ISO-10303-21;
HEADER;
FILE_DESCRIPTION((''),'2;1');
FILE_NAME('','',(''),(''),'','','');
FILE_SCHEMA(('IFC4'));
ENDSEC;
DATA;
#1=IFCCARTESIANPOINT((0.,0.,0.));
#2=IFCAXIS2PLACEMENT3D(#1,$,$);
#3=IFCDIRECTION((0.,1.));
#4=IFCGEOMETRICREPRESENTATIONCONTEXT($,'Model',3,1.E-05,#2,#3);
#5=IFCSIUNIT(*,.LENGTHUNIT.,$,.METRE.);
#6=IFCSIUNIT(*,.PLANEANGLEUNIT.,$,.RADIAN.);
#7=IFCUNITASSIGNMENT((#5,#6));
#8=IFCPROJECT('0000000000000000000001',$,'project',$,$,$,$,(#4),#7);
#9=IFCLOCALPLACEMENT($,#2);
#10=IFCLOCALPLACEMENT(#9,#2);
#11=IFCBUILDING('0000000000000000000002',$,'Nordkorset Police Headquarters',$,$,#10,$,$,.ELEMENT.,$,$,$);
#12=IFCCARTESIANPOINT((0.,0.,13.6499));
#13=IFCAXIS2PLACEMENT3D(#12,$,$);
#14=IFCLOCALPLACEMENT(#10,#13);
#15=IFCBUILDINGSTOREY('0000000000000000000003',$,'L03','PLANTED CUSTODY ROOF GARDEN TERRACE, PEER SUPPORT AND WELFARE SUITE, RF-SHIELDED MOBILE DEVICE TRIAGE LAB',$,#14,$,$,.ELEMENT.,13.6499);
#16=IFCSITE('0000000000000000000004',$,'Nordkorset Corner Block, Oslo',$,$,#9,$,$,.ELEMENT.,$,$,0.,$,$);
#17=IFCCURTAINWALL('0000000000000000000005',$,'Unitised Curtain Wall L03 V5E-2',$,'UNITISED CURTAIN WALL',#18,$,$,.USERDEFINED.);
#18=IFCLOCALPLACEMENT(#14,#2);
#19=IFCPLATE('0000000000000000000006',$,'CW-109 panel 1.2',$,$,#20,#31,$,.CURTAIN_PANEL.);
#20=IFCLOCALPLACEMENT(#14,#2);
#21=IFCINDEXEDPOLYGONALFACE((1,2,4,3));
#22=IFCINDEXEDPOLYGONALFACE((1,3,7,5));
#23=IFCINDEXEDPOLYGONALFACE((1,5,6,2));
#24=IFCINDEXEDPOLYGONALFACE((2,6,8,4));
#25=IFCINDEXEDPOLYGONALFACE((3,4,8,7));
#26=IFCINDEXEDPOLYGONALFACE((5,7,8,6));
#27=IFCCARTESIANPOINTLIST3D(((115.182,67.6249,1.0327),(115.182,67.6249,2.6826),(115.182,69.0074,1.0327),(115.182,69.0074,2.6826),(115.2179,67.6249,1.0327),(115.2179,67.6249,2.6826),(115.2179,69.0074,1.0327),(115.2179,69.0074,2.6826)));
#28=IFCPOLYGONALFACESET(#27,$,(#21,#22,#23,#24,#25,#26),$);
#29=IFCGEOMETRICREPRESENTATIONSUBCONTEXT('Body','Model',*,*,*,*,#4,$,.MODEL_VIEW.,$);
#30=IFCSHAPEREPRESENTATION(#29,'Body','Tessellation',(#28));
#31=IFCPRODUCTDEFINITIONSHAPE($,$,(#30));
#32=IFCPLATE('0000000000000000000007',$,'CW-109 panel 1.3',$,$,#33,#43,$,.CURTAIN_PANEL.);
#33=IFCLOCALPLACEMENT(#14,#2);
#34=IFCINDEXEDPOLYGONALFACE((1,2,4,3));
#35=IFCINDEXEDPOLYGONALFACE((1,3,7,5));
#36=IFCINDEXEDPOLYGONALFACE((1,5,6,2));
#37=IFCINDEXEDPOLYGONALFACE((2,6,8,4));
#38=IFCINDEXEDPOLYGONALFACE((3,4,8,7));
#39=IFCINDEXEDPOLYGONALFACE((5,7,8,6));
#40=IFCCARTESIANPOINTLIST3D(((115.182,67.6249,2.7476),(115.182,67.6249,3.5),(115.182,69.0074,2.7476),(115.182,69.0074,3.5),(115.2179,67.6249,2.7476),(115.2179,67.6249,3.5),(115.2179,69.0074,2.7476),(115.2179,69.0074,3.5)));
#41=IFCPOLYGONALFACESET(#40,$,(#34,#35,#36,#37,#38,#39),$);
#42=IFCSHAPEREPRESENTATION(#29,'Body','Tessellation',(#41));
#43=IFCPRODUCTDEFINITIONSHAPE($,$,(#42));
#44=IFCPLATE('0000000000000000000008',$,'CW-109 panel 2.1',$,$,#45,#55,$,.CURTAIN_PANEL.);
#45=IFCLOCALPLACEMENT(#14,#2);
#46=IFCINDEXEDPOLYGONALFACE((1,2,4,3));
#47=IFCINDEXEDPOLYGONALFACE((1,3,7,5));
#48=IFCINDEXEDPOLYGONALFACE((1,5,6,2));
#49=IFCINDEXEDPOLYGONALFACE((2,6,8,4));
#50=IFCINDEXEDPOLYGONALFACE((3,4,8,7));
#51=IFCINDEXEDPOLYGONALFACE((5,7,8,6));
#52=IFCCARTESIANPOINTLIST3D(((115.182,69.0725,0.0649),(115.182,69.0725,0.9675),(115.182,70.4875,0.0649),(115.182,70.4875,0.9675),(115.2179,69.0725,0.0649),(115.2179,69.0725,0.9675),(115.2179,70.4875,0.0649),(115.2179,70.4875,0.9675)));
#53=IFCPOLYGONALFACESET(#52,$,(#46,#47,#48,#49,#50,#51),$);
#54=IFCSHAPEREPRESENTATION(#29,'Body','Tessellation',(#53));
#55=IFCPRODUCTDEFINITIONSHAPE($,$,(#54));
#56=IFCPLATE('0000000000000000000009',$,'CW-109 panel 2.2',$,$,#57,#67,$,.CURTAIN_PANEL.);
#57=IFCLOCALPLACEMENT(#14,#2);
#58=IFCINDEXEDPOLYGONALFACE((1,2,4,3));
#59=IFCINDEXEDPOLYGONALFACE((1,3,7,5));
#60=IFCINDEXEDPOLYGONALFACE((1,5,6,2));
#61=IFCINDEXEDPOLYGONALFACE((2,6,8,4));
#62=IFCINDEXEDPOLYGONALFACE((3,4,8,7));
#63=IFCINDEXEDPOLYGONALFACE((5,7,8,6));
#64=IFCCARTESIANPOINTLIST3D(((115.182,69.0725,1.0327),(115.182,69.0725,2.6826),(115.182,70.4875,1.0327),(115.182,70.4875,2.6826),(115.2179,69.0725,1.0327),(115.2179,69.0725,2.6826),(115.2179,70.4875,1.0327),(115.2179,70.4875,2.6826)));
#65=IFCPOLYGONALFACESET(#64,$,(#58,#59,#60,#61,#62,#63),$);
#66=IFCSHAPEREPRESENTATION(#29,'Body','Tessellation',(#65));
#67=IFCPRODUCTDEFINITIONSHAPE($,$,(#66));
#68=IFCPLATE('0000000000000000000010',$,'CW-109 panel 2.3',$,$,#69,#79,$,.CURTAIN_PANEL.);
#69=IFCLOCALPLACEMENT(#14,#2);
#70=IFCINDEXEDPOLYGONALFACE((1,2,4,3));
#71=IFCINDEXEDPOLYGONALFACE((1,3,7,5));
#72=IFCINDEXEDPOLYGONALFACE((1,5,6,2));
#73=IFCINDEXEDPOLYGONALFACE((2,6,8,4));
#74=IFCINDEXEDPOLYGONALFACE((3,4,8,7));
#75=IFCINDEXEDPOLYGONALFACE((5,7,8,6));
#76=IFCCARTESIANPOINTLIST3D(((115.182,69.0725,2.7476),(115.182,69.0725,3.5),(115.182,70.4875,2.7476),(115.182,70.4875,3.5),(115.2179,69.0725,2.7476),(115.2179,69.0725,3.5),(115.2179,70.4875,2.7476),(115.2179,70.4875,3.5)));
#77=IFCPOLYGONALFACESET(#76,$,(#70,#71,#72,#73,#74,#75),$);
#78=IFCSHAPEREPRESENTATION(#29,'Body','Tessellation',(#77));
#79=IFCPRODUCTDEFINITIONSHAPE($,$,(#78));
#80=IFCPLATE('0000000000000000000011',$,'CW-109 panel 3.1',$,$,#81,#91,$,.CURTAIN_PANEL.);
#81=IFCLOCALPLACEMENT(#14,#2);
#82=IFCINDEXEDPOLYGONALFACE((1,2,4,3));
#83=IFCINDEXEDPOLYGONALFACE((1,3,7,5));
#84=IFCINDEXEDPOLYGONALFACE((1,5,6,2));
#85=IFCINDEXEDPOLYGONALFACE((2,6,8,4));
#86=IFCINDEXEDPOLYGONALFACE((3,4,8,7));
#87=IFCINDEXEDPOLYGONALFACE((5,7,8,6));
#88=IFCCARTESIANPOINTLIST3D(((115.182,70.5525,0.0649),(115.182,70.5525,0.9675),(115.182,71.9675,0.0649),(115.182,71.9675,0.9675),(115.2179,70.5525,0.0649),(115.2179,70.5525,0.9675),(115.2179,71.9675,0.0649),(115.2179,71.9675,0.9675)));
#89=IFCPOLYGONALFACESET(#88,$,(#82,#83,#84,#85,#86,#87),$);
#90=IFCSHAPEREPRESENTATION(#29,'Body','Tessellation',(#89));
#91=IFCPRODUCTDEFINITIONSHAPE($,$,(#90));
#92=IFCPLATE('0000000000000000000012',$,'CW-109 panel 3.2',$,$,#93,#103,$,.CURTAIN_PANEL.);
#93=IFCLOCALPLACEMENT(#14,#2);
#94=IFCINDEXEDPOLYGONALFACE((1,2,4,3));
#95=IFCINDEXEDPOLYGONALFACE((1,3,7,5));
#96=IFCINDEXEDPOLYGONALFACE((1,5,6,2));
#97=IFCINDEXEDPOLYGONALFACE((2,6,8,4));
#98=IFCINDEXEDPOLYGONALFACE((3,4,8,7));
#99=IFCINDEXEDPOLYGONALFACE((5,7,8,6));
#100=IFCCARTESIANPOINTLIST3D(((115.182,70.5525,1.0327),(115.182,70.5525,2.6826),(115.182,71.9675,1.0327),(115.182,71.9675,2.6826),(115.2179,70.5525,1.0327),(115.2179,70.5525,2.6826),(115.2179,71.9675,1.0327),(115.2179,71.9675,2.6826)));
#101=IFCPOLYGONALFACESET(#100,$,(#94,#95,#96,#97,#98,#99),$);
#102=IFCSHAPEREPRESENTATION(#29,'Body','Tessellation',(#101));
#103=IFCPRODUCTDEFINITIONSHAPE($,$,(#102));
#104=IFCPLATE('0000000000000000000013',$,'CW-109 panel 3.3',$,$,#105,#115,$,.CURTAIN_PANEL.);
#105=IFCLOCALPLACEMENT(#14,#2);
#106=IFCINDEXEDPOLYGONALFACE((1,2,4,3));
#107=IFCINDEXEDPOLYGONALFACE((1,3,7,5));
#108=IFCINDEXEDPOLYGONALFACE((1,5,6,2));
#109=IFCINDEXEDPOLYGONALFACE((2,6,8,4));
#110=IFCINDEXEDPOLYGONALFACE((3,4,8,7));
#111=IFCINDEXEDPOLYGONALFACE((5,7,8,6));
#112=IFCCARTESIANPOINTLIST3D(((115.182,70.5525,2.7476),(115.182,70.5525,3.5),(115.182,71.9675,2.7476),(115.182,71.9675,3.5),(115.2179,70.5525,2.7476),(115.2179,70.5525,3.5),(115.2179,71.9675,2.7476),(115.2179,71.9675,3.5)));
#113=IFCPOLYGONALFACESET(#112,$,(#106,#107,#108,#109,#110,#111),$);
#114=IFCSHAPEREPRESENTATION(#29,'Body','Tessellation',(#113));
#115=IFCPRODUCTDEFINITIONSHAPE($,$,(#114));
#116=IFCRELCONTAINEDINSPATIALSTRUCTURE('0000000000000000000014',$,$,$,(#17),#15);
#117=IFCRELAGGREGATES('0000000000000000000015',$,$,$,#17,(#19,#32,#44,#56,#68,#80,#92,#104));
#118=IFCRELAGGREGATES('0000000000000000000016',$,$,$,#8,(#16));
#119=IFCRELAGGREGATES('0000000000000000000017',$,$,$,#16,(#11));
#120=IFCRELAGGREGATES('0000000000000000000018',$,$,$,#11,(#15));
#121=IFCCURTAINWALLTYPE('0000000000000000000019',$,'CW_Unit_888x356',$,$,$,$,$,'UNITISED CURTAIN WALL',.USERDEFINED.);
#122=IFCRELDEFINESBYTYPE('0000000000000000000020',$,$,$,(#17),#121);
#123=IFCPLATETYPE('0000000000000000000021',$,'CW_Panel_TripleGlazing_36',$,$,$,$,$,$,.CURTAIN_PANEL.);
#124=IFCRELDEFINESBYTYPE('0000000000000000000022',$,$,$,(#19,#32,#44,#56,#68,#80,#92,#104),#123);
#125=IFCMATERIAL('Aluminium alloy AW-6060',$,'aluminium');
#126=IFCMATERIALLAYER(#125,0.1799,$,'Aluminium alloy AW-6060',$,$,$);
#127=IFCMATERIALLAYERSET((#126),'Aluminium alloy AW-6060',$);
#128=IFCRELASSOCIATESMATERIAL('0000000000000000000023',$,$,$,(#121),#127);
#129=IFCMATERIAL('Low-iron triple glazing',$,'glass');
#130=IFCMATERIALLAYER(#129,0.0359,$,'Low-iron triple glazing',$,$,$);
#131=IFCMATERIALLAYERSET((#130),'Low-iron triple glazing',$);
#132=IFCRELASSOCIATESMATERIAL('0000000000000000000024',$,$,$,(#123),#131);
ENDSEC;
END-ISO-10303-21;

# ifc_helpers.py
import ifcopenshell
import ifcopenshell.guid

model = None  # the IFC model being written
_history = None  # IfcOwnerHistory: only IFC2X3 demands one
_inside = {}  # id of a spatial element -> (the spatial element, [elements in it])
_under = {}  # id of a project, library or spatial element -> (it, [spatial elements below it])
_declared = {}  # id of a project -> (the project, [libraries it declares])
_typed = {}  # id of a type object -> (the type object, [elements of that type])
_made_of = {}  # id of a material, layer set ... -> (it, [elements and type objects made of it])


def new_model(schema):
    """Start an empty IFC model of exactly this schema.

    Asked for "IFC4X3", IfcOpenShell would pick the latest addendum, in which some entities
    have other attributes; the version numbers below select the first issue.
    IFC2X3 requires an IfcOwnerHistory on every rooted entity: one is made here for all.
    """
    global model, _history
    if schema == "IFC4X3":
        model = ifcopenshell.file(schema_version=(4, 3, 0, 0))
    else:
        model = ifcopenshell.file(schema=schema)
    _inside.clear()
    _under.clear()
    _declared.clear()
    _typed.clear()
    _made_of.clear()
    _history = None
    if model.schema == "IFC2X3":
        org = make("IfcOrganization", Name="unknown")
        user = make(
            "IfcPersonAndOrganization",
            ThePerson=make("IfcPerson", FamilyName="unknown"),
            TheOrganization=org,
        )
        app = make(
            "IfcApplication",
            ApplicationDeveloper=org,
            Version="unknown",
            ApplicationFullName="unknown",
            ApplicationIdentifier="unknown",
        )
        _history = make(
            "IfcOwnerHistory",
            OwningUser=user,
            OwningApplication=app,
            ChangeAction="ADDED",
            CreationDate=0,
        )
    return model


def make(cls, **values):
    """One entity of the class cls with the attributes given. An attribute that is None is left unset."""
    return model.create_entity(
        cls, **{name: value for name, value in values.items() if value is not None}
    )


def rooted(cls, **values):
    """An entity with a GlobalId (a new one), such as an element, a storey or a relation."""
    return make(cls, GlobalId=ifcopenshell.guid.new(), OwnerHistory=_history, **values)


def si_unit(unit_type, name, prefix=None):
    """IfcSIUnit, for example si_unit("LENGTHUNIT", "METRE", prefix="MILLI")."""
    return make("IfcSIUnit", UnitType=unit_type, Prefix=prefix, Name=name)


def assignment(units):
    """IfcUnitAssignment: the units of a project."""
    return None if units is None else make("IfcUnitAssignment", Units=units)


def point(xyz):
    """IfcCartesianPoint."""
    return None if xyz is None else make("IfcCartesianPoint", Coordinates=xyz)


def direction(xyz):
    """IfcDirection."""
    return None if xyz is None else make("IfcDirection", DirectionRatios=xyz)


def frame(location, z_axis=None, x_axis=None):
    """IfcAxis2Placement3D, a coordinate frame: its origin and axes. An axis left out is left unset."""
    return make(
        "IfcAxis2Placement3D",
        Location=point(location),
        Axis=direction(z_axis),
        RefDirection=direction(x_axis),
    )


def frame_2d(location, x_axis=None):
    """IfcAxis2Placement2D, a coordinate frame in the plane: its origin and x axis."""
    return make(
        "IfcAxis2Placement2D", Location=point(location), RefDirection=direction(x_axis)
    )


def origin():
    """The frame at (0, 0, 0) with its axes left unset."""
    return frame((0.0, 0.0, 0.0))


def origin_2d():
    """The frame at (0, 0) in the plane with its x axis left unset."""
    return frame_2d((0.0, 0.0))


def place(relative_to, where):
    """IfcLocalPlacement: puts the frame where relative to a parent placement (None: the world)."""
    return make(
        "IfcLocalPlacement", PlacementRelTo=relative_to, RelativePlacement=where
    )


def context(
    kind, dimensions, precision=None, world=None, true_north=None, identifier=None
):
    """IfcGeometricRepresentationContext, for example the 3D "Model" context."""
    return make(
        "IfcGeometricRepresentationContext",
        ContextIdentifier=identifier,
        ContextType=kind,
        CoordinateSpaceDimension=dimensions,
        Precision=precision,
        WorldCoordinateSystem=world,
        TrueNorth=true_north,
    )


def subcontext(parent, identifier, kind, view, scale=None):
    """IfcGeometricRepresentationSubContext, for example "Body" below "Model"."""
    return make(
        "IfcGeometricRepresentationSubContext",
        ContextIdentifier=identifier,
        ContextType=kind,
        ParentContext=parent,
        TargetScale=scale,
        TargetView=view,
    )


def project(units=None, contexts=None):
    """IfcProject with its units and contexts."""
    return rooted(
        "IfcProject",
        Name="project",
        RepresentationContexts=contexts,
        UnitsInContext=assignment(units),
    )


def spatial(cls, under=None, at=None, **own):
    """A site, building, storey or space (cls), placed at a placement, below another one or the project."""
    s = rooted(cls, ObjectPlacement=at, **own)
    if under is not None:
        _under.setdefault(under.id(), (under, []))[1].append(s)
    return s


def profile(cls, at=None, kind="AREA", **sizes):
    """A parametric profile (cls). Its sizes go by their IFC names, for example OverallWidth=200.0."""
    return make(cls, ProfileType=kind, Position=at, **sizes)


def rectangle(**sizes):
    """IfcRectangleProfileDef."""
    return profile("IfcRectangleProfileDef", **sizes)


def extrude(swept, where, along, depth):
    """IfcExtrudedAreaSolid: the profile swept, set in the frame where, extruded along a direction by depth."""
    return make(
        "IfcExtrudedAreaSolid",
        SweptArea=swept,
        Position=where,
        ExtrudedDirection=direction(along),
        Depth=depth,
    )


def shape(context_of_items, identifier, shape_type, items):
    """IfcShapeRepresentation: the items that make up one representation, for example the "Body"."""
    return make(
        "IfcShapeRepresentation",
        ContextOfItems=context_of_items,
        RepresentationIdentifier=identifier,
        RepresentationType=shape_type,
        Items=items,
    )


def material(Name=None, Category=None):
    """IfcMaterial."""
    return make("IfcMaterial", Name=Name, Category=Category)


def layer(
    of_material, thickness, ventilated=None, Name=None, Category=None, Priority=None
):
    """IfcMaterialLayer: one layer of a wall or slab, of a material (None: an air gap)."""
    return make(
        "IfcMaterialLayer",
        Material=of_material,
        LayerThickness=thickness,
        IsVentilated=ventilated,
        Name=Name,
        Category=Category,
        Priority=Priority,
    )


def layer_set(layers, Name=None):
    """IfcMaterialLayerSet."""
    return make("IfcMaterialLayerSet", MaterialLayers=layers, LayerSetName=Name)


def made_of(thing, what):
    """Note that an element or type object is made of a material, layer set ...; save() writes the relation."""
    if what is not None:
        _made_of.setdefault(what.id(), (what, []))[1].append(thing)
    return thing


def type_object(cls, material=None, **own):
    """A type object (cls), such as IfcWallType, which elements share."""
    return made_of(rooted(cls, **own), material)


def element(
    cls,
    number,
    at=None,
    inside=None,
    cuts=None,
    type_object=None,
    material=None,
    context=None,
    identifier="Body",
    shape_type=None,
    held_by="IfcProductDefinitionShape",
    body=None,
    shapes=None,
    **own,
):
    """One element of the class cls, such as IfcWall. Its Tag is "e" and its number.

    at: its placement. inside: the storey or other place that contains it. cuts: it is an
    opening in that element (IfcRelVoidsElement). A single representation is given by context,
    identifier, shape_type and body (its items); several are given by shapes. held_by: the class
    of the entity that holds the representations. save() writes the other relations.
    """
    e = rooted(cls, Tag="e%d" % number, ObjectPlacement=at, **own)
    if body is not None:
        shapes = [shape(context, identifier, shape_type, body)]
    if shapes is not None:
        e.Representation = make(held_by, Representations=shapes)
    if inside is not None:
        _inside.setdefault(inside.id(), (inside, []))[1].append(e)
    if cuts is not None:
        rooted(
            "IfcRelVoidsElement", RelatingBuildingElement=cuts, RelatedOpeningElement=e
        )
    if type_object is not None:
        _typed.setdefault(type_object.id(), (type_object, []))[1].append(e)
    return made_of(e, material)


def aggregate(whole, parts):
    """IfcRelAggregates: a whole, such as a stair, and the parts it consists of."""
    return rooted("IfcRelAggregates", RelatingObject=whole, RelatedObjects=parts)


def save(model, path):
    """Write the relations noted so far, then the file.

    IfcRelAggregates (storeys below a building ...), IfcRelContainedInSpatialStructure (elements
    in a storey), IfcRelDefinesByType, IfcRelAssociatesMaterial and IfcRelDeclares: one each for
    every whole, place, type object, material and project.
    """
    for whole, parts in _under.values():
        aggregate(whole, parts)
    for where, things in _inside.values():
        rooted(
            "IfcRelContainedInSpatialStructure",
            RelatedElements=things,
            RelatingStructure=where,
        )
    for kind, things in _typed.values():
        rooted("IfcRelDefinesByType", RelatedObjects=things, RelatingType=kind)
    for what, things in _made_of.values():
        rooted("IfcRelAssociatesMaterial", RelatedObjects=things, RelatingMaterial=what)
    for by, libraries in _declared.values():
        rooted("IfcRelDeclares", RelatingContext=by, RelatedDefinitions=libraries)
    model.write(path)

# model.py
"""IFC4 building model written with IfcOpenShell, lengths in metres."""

from ifc_helpers import new_model, si_unit, direction, frame, origin, origin_2d, place, context, subcontext, project, spatial, rectangle, extrude, material, layer, layer_set, type_object, element, aggregate, save


model = new_model("IFC4")

# Units and contexts
model_context = context("Model", 3, precision=1e-05, world=origin(), true_north=direction((0.0, 1.0)))
body_context = subcontext(model_context, "Body", "Model", "MODEL_VIEW")
ifc_project = project(units=[si_unit("LENGTHUNIT", "METRE"), si_unit("PLANEANGLEUNIT", "RADIAN")], contexts=[model_context])

# Site, building, storey
site_placement = place(None, origin())
site = spatial("IfcSite", under=ifc_project, at=site_placement, Name="Nordkorset Corner Block, Oslo", CompositionType="ELEMENT", RefElevation=0.0)
building_placement = place(site_placement, origin())
building = spatial("IfcBuilding", under=site, at=building_placement, Name="Nordkorset Police Headquarters", CompositionType="ELEMENT")
storey_placement = place(building_placement, frame((0.0, 0.0, 13.6499)))
storey = spatial("IfcBuildingStorey", under=building, at=storey_placement, Name="L03", Description="PLANTED CUSTODY ROOF GARDEN TERRACE, PEER SUPPORT AND WELFARE SUITE, RF-SHIELDED MOBILE DEVICE TRIAGE LAB", CompositionType="ELEMENT", Elevation=13.6499)

# Curtain wall, plates
ifc_material_1 = material(Name="Aluminium alloy AW-6060", Category="aluminium")
ifc_layer_1 = layer(ifc_material_1, 0.1799, Name="Aluminium alloy AW-6060")
ifc_layer_set_1 = layer_set([ifc_layer_1], Name="Aluminium alloy AW-6060")
curtain_wall_type = type_object("IfcCurtainWallType", Name="CW_Unit_888x356", ElementType="UNITISED CURTAIN WALL", PredefinedType="USERDEFINED", material=ifc_layer_set_1)
curtain_wall_placement = place(storey_placement, origin())
curtain_wall = element("IfcCurtainWall", 1, at=curtain_wall_placement, inside=storey, type_object=curtain_wall_type, Name="Unitised Curtain Wall L03 V5E-2", ObjectType="UNITISED CURTAIN WALL", PredefinedType="USERDEFINED")
ifc_material_2 = material(Name="Low-iron triple glazing", Category="glass")
ifc_layer_2 = layer(ifc_material_2, 0.0359, Name="Low-iron triple glazing")
ifc_layer_set_2 = layer_set([ifc_layer_2], Name="Low-iron triple glazing")
plate_type = type_object("IfcPlateType", Name="CW_Panel_TripleGlazing_36", PredefinedType="CURTAIN_PANEL", material=ifc_layer_set_2)
plate_1_placement = place(storey_placement, frame((115.2, 68.3162, 1.0327), z_axis=(0.0, 0.0, 1.0), x_axis=(0.0, 1.0, 0.0)))
plate_1 = element("IfcPlate", 2, at=plate_1_placement, type_object=plate_type, Name="CW-109 panel 1.2", PredefinedType="CURTAIN_PANEL", context=body_context, shape_type="SweptSolid", body=[
    extrude(rectangle(XDim=1.3826, YDim=0.0359, at=origin_2d()), origin(), (0.0, 0.0, 1.0), 1.6499),
])
plate_2_placement = place(storey_placement, frame((115.2, 68.3162, 2.7476), z_axis=(0.0, 0.0, 1.0), x_axis=(0.0, 1.0, 0.0)))
plate_2 = element("IfcPlate", 3, at=plate_2_placement, type_object=plate_type, Name="CW-109 panel 1.3", PredefinedType="CURTAIN_PANEL", context=body_context, shape_type="SweptSolid", body=[
    extrude(rectangle(XDim=1.3826, YDim=0.0359, at=origin_2d()), origin(), (0.0, 0.0, 1.0), 0.7524),
])
plate_3_placement = place(storey_placement, frame((115.2, 69.78, 0.0649), z_axis=(0.0, 0.0, 1.0), x_axis=(0.0, 1.0, 0.0)))
plate_3 = element("IfcPlate", 4, at=plate_3_placement, type_object=plate_type, Name="CW-109 panel 2.1", PredefinedType="CURTAIN_PANEL", context=body_context, shape_type="SweptSolid", body=[
    extrude(rectangle(XDim=1.415, YDim=0.0359, at=origin_2d()), origin(), (0.0, 0.0, 1.0), 0.9026),
])
plate_4_placement = place(storey_placement, frame((115.2, 69.78, 1.0327), z_axis=(0.0, 0.0, 1.0), x_axis=(0.0, 1.0, 0.0)))
plate_4 = element("IfcPlate", 5, at=plate_4_placement, type_object=plate_type, Name="CW-109 panel 2.2", PredefinedType="CURTAIN_PANEL", context=body_context, shape_type="SweptSolid", body=[
    extrude(rectangle(XDim=1.415, YDim=0.0359, at=origin_2d()), origin(), (0.0, 0.0, 1.0), 1.6499),
])
plate_5_placement = place(storey_placement, frame((115.2, 69.78, 2.7476), z_axis=(0.0, 0.0, 1.0), x_axis=(0.0, 1.0, 0.0)))
plate_5 = element("IfcPlate", 6, at=plate_5_placement, type_object=plate_type, Name="CW-109 panel 2.3", PredefinedType="CURTAIN_PANEL", context=body_context, shape_type="SweptSolid", body=[
    extrude(rectangle(XDim=1.415, YDim=0.0359, at=origin_2d()), origin(), (0.0, 0.0, 1.0), 0.7524),
])
plate_6_placement = place(storey_placement, frame((115.2, 71.26, 0.0649), z_axis=(0.0, 0.0, 1.0), x_axis=(0.0, 1.0, 0.0)))
plate_6 = element("IfcPlate", 7, at=plate_6_placement, type_object=plate_type, Name="CW-109 panel 3.1", PredefinedType="CURTAIN_PANEL", context=body_context, shape_type="SweptSolid", body=[
    extrude(rectangle(XDim=1.415, YDim=0.0359, at=origin_2d()), origin(), (0.0, 0.0, 1.0), 0.9026),
])
plate_7_placement = place(storey_placement, frame((115.2, 71.26, 1.0327), z_axis=(0.0, 0.0, 1.0), x_axis=(0.0, 1.0, 0.0)))
plate_7 = element("IfcPlate", 8, at=plate_7_placement, type_object=plate_type, Name="CW-109 panel 3.2", PredefinedType="CURTAIN_PANEL", context=body_context, shape_type="SweptSolid", body=[
    extrude(rectangle(XDim=1.415, YDim=0.0359, at=origin_2d()), origin(), (0.0, 0.0, 1.0), 1.6499),
])
plate_8_placement = place(storey_placement, frame((115.2, 71.26, 2.7476), z_axis=(0.0, 0.0, 1.0), x_axis=(0.0, 1.0, 0.0)))
plate_8 = element("IfcPlate", 9, at=plate_8_placement, type_object=plate_type, Name="CW-109 panel 3.3", PredefinedType="CURTAIN_PANEL", context=body_context, shape_type="SweptSolid", body=[
    extrude(rectangle(XDim=1.415, YDim=0.0359, at=origin_2d()), origin(), (0.0, 0.0, 1.0), 0.7524),
])
aggregate(curtain_wall, [plate_1, plate_2, plate_3, plate_4, plate_5, plate_6, plate_7, plate_8])

save(model, "model.ifc")
